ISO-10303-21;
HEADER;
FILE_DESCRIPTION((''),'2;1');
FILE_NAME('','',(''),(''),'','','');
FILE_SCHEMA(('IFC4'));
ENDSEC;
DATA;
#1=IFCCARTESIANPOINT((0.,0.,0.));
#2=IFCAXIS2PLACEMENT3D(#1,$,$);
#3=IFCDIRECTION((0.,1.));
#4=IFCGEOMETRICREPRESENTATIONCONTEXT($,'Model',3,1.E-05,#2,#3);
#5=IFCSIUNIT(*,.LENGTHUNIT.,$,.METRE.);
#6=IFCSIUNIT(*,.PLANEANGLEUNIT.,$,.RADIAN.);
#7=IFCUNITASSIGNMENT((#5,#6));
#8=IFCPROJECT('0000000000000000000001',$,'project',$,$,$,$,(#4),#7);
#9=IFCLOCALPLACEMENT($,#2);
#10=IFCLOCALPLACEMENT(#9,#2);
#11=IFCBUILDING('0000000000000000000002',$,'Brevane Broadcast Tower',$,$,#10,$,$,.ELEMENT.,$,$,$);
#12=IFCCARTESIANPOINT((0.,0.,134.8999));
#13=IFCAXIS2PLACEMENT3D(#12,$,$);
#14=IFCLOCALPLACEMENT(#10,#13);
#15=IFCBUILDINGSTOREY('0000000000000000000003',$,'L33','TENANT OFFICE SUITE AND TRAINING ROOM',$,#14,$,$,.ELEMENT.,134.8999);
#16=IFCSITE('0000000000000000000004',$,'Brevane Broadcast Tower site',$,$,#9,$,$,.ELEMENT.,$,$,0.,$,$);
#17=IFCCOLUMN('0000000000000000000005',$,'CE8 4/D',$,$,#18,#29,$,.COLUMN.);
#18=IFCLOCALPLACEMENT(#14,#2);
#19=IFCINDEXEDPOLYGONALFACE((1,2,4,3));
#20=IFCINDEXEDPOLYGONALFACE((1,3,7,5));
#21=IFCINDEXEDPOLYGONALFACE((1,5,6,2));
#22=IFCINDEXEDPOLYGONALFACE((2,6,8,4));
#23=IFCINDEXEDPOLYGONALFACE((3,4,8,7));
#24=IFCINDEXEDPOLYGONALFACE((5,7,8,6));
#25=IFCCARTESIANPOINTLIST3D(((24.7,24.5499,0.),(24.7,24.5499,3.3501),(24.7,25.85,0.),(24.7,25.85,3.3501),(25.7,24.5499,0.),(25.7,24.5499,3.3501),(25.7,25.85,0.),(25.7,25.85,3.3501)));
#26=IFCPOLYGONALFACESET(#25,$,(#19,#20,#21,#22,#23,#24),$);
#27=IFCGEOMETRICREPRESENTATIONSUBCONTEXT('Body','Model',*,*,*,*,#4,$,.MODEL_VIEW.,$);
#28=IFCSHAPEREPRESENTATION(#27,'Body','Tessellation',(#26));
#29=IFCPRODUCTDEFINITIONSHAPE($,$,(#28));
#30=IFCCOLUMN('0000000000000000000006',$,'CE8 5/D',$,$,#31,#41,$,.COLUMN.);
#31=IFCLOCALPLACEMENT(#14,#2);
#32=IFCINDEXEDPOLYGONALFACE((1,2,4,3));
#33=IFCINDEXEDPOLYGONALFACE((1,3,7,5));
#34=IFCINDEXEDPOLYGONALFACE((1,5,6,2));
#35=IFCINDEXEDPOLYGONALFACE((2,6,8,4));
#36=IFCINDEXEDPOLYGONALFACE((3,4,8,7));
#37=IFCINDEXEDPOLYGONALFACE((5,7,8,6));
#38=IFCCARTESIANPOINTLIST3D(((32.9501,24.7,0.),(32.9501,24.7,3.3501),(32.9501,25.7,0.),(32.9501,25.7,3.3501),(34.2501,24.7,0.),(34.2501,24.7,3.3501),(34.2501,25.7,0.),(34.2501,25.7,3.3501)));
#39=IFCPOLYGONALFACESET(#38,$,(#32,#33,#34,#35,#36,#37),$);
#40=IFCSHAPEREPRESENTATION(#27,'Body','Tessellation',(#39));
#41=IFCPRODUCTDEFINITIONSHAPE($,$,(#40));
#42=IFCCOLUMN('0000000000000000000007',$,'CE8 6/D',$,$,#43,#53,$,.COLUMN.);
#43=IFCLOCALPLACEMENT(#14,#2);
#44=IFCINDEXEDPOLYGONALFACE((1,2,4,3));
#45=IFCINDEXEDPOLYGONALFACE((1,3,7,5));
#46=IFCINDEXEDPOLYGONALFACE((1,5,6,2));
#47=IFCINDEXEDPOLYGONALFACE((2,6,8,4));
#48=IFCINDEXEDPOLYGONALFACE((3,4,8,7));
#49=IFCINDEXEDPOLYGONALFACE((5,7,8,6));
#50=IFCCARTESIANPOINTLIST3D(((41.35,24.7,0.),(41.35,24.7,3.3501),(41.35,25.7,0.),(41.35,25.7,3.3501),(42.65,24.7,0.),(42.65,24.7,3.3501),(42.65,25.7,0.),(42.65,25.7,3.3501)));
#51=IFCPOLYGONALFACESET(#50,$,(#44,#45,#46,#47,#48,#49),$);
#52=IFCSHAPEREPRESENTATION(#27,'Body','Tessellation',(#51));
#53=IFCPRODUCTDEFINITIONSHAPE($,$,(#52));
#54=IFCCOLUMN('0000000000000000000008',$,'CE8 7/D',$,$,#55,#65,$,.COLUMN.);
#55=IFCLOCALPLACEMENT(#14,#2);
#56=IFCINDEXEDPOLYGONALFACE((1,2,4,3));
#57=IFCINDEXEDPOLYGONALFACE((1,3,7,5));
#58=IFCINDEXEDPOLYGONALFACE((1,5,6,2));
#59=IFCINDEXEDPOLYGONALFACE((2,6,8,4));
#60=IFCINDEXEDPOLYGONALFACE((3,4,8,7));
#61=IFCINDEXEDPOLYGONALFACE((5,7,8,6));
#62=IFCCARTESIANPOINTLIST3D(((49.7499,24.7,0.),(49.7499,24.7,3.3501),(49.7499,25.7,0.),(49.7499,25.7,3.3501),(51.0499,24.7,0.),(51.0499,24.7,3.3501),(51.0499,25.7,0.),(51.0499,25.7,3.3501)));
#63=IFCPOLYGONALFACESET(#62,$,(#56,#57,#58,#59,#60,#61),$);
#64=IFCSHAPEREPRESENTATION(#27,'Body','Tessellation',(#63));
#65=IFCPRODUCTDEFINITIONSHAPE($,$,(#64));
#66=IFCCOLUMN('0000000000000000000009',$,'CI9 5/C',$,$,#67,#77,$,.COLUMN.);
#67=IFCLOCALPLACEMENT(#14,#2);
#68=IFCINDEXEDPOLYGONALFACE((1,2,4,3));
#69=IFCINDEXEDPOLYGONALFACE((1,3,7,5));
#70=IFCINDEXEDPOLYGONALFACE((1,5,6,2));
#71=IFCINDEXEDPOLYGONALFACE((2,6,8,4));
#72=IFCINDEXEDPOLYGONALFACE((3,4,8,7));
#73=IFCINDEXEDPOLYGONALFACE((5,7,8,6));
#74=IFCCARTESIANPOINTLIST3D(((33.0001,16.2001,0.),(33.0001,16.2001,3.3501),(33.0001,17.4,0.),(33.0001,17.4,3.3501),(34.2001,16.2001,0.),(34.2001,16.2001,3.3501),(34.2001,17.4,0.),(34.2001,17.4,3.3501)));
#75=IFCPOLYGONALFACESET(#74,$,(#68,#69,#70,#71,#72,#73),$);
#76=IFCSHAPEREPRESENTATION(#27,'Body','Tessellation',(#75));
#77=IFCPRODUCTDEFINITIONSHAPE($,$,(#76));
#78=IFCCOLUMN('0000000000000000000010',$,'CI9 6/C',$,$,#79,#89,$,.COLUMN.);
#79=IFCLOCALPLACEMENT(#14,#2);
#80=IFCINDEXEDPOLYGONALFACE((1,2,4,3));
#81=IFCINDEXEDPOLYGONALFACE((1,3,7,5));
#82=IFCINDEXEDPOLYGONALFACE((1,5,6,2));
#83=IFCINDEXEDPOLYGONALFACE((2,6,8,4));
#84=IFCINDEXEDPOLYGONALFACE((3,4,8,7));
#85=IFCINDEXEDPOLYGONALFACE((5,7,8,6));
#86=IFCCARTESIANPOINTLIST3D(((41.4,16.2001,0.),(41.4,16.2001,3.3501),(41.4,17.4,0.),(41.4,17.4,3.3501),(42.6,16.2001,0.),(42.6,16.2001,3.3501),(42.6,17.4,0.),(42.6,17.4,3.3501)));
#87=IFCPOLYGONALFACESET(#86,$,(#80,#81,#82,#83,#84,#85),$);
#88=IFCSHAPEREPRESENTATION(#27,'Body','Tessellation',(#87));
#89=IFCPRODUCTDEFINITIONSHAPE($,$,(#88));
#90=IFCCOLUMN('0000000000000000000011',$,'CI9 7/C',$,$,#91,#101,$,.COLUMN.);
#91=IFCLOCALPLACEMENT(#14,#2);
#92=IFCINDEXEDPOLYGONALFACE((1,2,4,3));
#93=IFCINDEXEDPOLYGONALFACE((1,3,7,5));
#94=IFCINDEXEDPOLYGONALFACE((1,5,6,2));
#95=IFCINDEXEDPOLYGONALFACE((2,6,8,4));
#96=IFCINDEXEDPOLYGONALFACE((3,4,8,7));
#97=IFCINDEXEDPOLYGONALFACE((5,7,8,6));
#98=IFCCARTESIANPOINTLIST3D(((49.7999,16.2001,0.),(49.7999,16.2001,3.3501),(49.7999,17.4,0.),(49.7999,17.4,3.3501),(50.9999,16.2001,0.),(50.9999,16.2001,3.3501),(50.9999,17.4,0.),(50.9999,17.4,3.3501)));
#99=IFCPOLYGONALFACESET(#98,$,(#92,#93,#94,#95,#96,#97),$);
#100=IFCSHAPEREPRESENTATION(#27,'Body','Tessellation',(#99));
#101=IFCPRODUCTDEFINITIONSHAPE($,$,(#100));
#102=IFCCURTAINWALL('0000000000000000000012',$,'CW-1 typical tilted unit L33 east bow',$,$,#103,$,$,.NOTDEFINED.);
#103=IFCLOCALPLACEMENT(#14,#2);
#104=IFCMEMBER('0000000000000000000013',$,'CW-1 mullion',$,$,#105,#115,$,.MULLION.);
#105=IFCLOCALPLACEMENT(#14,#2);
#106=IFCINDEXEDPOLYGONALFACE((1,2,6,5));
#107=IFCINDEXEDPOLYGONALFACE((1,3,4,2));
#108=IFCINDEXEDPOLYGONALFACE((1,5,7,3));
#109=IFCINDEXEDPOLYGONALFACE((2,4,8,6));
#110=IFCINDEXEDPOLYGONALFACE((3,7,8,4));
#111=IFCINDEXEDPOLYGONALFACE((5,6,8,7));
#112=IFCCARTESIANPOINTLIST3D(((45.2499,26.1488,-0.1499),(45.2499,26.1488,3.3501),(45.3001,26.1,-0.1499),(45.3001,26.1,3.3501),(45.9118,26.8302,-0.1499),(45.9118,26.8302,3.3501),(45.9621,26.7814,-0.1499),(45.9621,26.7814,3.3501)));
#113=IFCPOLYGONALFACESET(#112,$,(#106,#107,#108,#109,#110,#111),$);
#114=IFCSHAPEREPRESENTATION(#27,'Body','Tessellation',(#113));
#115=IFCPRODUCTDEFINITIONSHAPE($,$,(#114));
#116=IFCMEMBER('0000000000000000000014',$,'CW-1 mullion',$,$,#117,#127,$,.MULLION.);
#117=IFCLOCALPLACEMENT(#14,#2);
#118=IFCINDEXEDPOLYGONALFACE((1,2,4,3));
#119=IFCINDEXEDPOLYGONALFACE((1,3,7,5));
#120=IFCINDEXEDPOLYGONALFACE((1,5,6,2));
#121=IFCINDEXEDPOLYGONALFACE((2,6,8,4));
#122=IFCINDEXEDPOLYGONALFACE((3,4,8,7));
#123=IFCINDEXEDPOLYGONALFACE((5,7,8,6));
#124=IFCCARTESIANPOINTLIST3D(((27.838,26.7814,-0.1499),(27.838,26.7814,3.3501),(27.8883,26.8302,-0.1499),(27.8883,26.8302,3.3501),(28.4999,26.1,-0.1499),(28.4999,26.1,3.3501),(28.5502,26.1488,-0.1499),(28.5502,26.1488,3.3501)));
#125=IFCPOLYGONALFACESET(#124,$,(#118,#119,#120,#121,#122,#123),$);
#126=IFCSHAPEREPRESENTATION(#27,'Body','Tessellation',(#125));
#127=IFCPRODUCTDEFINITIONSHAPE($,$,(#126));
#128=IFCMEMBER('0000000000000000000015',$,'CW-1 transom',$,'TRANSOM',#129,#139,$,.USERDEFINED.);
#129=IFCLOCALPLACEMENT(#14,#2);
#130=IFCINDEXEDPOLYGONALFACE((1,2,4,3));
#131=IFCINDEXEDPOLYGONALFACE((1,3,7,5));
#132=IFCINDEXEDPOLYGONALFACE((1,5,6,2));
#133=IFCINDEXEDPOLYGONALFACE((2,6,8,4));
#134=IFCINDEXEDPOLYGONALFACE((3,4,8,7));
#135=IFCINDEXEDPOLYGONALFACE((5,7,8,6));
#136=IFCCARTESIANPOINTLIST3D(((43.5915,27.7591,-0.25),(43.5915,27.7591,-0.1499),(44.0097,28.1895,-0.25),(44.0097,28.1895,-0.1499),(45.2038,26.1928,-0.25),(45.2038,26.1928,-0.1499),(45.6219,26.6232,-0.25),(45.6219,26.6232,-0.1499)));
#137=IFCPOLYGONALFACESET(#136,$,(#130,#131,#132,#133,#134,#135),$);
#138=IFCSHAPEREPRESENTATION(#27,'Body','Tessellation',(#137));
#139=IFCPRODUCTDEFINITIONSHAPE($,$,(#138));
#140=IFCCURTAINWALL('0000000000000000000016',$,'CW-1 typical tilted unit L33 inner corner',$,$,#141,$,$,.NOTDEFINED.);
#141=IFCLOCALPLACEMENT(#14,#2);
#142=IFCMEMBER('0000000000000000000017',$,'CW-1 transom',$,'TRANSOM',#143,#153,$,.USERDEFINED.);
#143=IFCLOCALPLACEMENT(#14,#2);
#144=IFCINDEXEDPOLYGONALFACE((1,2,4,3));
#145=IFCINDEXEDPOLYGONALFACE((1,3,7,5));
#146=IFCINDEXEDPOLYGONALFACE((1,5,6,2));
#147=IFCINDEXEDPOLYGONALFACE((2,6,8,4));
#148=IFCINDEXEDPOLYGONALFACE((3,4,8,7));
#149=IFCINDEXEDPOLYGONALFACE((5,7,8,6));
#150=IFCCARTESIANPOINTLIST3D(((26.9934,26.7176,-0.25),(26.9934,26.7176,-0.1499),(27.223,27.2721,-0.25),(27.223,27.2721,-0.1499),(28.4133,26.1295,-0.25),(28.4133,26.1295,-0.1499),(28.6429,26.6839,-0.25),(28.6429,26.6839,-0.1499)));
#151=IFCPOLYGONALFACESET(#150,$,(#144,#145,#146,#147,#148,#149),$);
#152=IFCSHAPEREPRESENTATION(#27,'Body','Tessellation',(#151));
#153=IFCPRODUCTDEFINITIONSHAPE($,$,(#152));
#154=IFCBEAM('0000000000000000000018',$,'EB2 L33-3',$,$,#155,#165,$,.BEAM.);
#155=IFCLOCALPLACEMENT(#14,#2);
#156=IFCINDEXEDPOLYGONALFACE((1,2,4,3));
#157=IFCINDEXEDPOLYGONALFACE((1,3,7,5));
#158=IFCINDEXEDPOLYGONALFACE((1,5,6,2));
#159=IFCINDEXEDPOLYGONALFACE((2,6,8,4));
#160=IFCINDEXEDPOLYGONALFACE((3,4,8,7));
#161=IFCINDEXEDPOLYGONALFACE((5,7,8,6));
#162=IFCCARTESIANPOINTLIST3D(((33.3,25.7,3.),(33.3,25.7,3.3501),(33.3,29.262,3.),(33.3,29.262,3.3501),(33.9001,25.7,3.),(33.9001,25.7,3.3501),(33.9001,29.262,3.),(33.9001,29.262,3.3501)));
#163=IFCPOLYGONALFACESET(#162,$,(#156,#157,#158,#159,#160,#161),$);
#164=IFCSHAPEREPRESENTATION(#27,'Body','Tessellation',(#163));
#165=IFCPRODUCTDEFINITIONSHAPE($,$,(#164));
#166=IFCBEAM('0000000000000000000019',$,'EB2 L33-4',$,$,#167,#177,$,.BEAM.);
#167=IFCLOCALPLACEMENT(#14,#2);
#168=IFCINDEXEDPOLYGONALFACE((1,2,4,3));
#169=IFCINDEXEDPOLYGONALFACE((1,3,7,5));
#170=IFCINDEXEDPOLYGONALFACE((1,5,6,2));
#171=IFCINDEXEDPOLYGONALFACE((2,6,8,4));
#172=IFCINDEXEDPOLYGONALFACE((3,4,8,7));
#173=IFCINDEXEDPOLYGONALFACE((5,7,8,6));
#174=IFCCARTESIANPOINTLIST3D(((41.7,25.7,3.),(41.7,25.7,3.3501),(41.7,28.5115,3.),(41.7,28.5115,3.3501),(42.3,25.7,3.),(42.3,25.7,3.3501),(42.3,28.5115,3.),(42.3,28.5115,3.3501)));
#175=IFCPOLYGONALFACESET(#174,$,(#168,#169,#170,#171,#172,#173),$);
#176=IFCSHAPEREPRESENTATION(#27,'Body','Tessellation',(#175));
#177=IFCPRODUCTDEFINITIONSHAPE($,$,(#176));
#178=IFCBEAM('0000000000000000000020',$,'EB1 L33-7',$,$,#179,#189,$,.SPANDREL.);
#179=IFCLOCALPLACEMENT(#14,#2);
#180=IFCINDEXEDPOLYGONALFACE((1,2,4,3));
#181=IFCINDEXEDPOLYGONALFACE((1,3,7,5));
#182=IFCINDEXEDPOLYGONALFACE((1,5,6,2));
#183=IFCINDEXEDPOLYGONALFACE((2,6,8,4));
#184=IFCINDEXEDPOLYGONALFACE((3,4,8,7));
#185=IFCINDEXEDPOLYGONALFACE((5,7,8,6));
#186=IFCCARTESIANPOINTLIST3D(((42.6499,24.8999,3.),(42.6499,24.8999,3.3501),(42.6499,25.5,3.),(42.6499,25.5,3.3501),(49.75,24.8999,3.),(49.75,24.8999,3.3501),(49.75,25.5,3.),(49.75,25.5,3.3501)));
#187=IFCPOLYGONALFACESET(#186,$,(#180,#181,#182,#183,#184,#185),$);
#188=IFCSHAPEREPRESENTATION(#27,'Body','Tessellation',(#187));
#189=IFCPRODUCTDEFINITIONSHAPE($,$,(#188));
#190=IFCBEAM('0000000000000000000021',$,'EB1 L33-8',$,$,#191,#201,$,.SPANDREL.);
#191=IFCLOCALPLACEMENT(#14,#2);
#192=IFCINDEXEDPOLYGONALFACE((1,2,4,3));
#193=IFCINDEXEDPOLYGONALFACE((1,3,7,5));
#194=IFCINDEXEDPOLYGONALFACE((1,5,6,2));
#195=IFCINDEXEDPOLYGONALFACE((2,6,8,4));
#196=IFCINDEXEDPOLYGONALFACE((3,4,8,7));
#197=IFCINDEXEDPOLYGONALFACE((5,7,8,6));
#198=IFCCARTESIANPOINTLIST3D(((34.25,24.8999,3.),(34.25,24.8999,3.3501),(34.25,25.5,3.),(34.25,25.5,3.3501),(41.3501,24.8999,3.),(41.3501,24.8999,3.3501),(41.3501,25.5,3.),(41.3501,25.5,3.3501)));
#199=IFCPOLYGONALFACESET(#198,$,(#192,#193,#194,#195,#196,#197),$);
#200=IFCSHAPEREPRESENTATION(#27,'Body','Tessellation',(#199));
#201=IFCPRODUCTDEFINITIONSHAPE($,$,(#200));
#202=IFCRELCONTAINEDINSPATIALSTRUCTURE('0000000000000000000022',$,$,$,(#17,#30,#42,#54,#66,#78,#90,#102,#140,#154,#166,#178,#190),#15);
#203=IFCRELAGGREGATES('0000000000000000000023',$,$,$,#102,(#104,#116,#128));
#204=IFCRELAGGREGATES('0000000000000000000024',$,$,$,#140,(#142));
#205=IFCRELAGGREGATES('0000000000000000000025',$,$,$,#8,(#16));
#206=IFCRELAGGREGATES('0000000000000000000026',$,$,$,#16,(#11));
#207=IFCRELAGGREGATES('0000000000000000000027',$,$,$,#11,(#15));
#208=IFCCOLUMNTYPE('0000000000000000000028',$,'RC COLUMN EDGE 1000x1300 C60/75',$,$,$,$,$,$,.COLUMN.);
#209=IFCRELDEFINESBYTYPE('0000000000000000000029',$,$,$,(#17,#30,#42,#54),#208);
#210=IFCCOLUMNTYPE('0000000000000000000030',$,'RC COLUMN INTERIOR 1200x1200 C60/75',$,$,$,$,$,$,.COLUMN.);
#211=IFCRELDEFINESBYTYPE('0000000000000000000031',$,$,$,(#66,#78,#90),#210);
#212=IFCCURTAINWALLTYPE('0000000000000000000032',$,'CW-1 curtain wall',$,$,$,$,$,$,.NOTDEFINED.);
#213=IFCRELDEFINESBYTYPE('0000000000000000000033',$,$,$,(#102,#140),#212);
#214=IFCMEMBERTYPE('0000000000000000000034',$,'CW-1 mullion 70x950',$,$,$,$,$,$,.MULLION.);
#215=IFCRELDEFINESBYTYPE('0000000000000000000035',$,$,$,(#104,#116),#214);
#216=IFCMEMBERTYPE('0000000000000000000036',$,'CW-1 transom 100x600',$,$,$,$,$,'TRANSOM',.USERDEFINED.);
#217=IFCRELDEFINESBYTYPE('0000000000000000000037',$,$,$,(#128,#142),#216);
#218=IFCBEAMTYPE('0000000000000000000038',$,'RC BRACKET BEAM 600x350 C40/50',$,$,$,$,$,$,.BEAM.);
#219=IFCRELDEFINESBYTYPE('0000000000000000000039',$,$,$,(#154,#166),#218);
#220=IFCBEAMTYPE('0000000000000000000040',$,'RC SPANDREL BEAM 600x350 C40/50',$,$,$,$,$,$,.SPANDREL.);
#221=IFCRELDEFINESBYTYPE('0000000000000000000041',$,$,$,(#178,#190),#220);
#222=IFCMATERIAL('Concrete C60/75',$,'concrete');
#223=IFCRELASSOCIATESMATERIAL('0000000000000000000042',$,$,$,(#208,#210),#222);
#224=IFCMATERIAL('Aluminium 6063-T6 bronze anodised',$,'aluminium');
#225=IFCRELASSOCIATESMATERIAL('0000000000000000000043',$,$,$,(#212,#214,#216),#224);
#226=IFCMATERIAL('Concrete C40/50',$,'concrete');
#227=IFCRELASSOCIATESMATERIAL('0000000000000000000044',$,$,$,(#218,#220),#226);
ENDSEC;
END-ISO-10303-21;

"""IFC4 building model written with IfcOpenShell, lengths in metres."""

from ifc_helpers import new_model, si_unit, direction, frame, origin, origin_2d, place, context, subcontext, project, spatial, rectangle, extrude, material, material_profile, profile_set, type_object, element, aggregate, save


model = new_model("IFC4")

# Units and contexts
model_context = context("Model", 3, precision=1e-05, world=origin(), true_north=direction((0.0, 1.0)))
body_context = subcontext(model_context, "Body", "Model", "MODEL_VIEW")
ifc_project = project(units=[si_unit("LENGTHUNIT", "METRE"), si_unit("PLANEANGLEUNIT", "RADIAN")], contexts=[model_context])

# Site, building, storey
site_placement = place(None, origin())
site = spatial("IfcSite", under=ifc_project, at=site_placement, Name="Brevane Broadcast Tower site", CompositionType="ELEMENT", RefElevation=0.0)
building_placement = place(site_placement, origin())
building = spatial("IfcBuilding", under=site, at=building_placement, Name="Brevane Broadcast Tower", CompositionType="ELEMENT")
storey_placement = place(building_placement, frame((0.0, 0.0, 134.8999)))
storey = spatial("IfcBuildingStorey", under=building, at=storey_placement, Name="L33", Description="TENANT OFFICE SUITE AND TRAINING ROOM", CompositionType="ELEMENT", Elevation=134.8999)

# Columns
ifc_material_1 = material(Name="Concrete C60/75", Category="concrete")
ifc_material_profile_1 = material_profile(ifc_material_1, rectangle(XDim=1.0, YDim=1.3, at=origin_2d()), Name="RC 1000x1300")
ifc_profile_set_1 = profile_set([ifc_material_profile_1], Name="Concrete C60/75")
column_type_1 = type_object("IfcColumnType", Name="RC COLUMN EDGE 1000x1300 C60/75", PredefinedType="COLUMN", material=ifc_profile_set_1)
for number, where, z_axis, x_axis, name in (
    (1, (25.2, 25.2, 0.0), (0.0, 0.0, 1.0), (1.0, 0.0, 0.0), "CE8 4/D"),
    (2, (33.6001, 25.2, 0.0), (0.0, 0.0, 1.0), (0.0, 1.0, 0.0), "CE8 5/D"),
    (3, (42.0, 25.2, 0.0), (0.0, 0.0, 1.0), (0.0, 1.0, 0.0), "CE8 6/D"),
    (4, (50.3999, 25.2, 0.0), (0.0, 0.0, 1.0), (0.0, 1.0, 0.0), "CE8 7/D"),
):
    element("IfcColumn", number, at=place(storey_placement, frame(where, z_axis=z_axis, x_axis=x_axis)), inside=storey, type_object=column_type_1, Name=name, PredefinedType="COLUMN", context=body_context, shape_type="SweptSolid", body=[
        extrude(rectangle(XDim=1.0, YDim=1.3, at=origin_2d()), origin(), (0.0, 0.0, 1.0), 3.3501),
    ])
ifc_material_profile_2 = material_profile(ifc_material_1, rectangle(XDim=1.2, YDim=1.2, at=origin_2d()), Name="RC 1200x1200")
ifc_profile_set_2 = profile_set([ifc_material_profile_2], Name="Concrete C60/75")
column_type_2 = type_object("IfcColumnType", Name="RC COLUMN INTERIOR 1200x1200 C60/75", PredefinedType="COLUMN", material=ifc_profile_set_2)
for number, where, z_axis, x_axis, name in (
    (5, (33.6001, 16.8, 0.0), (0.0, 0.0, 1.0), (1.0, 0.0, 0.0), "CI9 5/C"),
    (6, (42.0, 16.8, 0.0), (0.0, 0.0, 1.0), (1.0, 0.0, 0.0), "CI9 6/C"),
    (7, (50.3999, 16.8, 0.0), (0.0, 0.0, 1.0), (1.0, 0.0, 0.0), "CI9 7/C"),
):
    element("IfcColumn", number, at=place(storey_placement, frame(where, z_axis=z_axis, x_axis=x_axis)), inside=storey, type_object=column_type_2, Name=name, PredefinedType="COLUMN", context=body_context, shape_type="SweptSolid", body=[
        extrude(rectangle(XDim=1.2, YDim=1.2, at=origin_2d()), origin(), (0.0, 0.0, 1.0), 3.3501),
    ])

# Curtain wall, members
ifc_material_2 = material(Name="Aluminium 6063-T6 bronze anodised", Category="aluminium")
curtain_wall_type = type_object("IfcCurtainWallType", Name="CW-1 curtain wall", PredefinedType="NOTDEFINED", material=ifc_material_2)
curtain_wall_1_placement = place(storey_placement, origin())
curtain_wall_1 = element("IfcCurtainWall", 8, at=curtain_wall_1_placement, inside=storey, type_object=curtain_wall_type, Name="CW-1 typical tilted unit L33 east bow", PredefinedType="NOTDEFINED")
ifc_material_profile_3 = material_profile(ifc_material_2, rectangle(XDim=0.95, YDim=0.0701, at=origin_2d()), Name="RECT 70x950")
ifc_profile_set_3 = profile_set([ifc_material_profile_3], Name="Aluminium 6063-T6 bronze anodised")
member_type_1 = type_object("IfcMemberType", Name="CW-1 mullion 70x950", PredefinedType="MULLION", material=ifc_profile_set_3)
member_1_placement = place(storey_placement, frame((45.606, 26.4651, -0.1499), z_axis=(0.0, 0.0, 1.0), x_axis=(-0.696812, -0.717254, 0.0)))
member_1 = element("IfcMember", 9, at=member_1_placement, type_object=member_type_1, Name="CW-1 mullion", PredefinedType="MULLION", context=body_context, shape_type="SweptSolid", body=[
    extrude(rectangle(XDim=0.95, YDim=0.0701, at=origin_2d()), origin(), (0.0, 0.0, 1.0), 3.5),
])
member_2_placement = place(storey_placement, frame((28.1941, 26.4651, -0.1499), z_axis=(0.0, 0.0, 1.0), x_axis=(0.696812, -0.717254, 0.0)))
member_2 = element("IfcMember", 10, at=member_2_placement, type_object=member_type_1, Name="CW-1 mullion", PredefinedType="MULLION", context=body_context, shape_type="SweptSolid", body=[
    extrude(rectangle(XDim=0.95, YDim=0.0701, at=origin_2d()), origin(), (0.0, 0.0, 1.0), 3.5),
])
ifc_material_profile_4 = material_profile(ifc_material_2, rectangle(XDim=0.6001, YDim=0.1001, at=origin_2d()), Name="RECT 100x600")
ifc_profile_set_4 = profile_set([ifc_material_profile_4], Name="Aluminium 6063-T6 bronze anodised")
member_type_2 = type_object("IfcMemberType", Name="CW-1 transom 100x600", ElementType="TRANSOM", PredefinedType="USERDEFINED", material=ifc_profile_set_4)
member_3_placement = place(storey_placement, frame((45.4128, 26.408, -0.2), z_axis=(-0.717242, 0.696824, 0.0), x_axis=(-0.696824, -0.717242, 0.0)))
member_3 = element("IfcMember", 11, at=member_3_placement, type_object=member_type_2, Name="CW-1 transom", ObjectType="TRANSOM", PredefinedType="USERDEFINED", context=body_context, shape_type="SweptSolid", body=[
    extrude(rectangle(XDim=0.6001, YDim=0.1001, at=origin_2d()), origin(), (0.0, 0.0, 1.0), 2.2478),
])
aggregate(curtain_wall_1, [member_1, member_2, member_3])

# Curtain wall, member
curtain_wall_2_placement = place(storey_placement, origin())
curtain_wall_2 = element("IfcCurtainWall", 12, at=curtain_wall_2_placement, inside=storey, type_object=curtain_wall_type, Name="CW-1 typical tilted unit L33 inner corner", PredefinedType="NOTDEFINED")
member_4_placement = place(storey_placement, frame((28.5281, 26.4067, -0.2), z_axis=(-0.923883, 0.382674, 0.0), x_axis=(-0.382674, -0.923883, 0.0)))
member_4 = element("IfcMember", 13, at=member_4_placement, type_object=member_type_2, Name="CW-1 transom", ObjectType="TRANSOM", PredefinedType="USERDEFINED", context=body_context, shape_type="SweptSolid", body=[
    extrude(rectangle(XDim=0.6001, YDim=0.1001, at=origin_2d()), origin(), (0.0, 0.0, 1.0), 1.5369),
])
aggregate(curtain_wall_2, [member_4])

# Beams
ifc_material_3 = material(Name="Concrete C40/50", Category="concrete")
ifc_material_profile_5 = material_profile(ifc_material_3, rectangle(XDim=0.6001, YDim=0.3501, at=origin_2d()), Name="RC 600x350")
ifc_profile_set_5 = profile_set([ifc_material_profile_5], Name="Concrete C40/50")
beam_type_1 = type_object("IfcBeamType", Name="RC BRACKET BEAM 600x350 C40/50", PredefinedType="BEAM", material=ifc_profile_set_5)
beam_1_placement = place(storey_placement, frame((33.6001, 25.7, 3.175), z_axis=(0.0, 1.0, 0.0), x_axis=(-1.0, 0.0, 0.0)))
element("IfcBeam", 14, at=beam_1_placement, inside=storey, type_object=beam_type_1, Name="EB2 L33-3", PredefinedType="BEAM", context=body_context, shape_type="SweptSolid", body=[
    extrude(rectangle(XDim=0.6001, YDim=0.3501, at=origin_2d()), origin(), (0.0, 0.0, 1.0), 3.562),
])
beam_2_placement = place(storey_placement, frame((42.0, 25.7, 3.175), z_axis=(0.0, 1.0, 0.0), x_axis=(-1.0, 0.0, 0.0)))
element("IfcBeam", 15, at=beam_2_placement, inside=storey, type_object=beam_type_1, Name="EB2 L33-4", PredefinedType="BEAM", context=body_context, shape_type="SweptSolid", body=[
    extrude(rectangle(XDim=0.6001, YDim=0.3501, at=origin_2d()), origin(), (0.0, 0.0, 1.0), 2.8115),
])
ifc_material_profile_6 = material_profile(ifc_material_3, rectangle(XDim=0.6001, YDim=0.3501, at=origin_2d()), Name="RC 600x350")
ifc_profile_set_6 = profile_set([ifc_material_profile_6], Name="Concrete C40/50")
beam_type_2 = type_object("IfcBeamType", Name="RC SPANDREL BEAM 600x350 C40/50", PredefinedType="SPANDREL", material=ifc_profile_set_6)
for number, where, z_axis, x_axis, name in (
    (16, (49.75, 25.2, 3.175), (-1.0, 0.0, 0.0), (0.0, -1.0, 0.0), "EB1 L33-7"),
    (17, (41.3501, 25.2, 3.175), (-1.0, 0.0, 0.0), (0.0, -1.0, 0.0), "EB1 L33-8"),
):
    element("IfcBeam", number, at=place(storey_placement, frame(where, z_axis=z_axis, x_axis=x_axis)), inside=storey, type_object=beam_type_2, Name=name, PredefinedType="SPANDREL", context=body_context, shape_type="SweptSolid", body=[
        extrude(rectangle(XDim=0.6001, YDim=0.3501, at=origin_2d()), origin(), (0.0, 0.0, 1.0), 7.1001),
    ])

save(model, "model.ifc")
